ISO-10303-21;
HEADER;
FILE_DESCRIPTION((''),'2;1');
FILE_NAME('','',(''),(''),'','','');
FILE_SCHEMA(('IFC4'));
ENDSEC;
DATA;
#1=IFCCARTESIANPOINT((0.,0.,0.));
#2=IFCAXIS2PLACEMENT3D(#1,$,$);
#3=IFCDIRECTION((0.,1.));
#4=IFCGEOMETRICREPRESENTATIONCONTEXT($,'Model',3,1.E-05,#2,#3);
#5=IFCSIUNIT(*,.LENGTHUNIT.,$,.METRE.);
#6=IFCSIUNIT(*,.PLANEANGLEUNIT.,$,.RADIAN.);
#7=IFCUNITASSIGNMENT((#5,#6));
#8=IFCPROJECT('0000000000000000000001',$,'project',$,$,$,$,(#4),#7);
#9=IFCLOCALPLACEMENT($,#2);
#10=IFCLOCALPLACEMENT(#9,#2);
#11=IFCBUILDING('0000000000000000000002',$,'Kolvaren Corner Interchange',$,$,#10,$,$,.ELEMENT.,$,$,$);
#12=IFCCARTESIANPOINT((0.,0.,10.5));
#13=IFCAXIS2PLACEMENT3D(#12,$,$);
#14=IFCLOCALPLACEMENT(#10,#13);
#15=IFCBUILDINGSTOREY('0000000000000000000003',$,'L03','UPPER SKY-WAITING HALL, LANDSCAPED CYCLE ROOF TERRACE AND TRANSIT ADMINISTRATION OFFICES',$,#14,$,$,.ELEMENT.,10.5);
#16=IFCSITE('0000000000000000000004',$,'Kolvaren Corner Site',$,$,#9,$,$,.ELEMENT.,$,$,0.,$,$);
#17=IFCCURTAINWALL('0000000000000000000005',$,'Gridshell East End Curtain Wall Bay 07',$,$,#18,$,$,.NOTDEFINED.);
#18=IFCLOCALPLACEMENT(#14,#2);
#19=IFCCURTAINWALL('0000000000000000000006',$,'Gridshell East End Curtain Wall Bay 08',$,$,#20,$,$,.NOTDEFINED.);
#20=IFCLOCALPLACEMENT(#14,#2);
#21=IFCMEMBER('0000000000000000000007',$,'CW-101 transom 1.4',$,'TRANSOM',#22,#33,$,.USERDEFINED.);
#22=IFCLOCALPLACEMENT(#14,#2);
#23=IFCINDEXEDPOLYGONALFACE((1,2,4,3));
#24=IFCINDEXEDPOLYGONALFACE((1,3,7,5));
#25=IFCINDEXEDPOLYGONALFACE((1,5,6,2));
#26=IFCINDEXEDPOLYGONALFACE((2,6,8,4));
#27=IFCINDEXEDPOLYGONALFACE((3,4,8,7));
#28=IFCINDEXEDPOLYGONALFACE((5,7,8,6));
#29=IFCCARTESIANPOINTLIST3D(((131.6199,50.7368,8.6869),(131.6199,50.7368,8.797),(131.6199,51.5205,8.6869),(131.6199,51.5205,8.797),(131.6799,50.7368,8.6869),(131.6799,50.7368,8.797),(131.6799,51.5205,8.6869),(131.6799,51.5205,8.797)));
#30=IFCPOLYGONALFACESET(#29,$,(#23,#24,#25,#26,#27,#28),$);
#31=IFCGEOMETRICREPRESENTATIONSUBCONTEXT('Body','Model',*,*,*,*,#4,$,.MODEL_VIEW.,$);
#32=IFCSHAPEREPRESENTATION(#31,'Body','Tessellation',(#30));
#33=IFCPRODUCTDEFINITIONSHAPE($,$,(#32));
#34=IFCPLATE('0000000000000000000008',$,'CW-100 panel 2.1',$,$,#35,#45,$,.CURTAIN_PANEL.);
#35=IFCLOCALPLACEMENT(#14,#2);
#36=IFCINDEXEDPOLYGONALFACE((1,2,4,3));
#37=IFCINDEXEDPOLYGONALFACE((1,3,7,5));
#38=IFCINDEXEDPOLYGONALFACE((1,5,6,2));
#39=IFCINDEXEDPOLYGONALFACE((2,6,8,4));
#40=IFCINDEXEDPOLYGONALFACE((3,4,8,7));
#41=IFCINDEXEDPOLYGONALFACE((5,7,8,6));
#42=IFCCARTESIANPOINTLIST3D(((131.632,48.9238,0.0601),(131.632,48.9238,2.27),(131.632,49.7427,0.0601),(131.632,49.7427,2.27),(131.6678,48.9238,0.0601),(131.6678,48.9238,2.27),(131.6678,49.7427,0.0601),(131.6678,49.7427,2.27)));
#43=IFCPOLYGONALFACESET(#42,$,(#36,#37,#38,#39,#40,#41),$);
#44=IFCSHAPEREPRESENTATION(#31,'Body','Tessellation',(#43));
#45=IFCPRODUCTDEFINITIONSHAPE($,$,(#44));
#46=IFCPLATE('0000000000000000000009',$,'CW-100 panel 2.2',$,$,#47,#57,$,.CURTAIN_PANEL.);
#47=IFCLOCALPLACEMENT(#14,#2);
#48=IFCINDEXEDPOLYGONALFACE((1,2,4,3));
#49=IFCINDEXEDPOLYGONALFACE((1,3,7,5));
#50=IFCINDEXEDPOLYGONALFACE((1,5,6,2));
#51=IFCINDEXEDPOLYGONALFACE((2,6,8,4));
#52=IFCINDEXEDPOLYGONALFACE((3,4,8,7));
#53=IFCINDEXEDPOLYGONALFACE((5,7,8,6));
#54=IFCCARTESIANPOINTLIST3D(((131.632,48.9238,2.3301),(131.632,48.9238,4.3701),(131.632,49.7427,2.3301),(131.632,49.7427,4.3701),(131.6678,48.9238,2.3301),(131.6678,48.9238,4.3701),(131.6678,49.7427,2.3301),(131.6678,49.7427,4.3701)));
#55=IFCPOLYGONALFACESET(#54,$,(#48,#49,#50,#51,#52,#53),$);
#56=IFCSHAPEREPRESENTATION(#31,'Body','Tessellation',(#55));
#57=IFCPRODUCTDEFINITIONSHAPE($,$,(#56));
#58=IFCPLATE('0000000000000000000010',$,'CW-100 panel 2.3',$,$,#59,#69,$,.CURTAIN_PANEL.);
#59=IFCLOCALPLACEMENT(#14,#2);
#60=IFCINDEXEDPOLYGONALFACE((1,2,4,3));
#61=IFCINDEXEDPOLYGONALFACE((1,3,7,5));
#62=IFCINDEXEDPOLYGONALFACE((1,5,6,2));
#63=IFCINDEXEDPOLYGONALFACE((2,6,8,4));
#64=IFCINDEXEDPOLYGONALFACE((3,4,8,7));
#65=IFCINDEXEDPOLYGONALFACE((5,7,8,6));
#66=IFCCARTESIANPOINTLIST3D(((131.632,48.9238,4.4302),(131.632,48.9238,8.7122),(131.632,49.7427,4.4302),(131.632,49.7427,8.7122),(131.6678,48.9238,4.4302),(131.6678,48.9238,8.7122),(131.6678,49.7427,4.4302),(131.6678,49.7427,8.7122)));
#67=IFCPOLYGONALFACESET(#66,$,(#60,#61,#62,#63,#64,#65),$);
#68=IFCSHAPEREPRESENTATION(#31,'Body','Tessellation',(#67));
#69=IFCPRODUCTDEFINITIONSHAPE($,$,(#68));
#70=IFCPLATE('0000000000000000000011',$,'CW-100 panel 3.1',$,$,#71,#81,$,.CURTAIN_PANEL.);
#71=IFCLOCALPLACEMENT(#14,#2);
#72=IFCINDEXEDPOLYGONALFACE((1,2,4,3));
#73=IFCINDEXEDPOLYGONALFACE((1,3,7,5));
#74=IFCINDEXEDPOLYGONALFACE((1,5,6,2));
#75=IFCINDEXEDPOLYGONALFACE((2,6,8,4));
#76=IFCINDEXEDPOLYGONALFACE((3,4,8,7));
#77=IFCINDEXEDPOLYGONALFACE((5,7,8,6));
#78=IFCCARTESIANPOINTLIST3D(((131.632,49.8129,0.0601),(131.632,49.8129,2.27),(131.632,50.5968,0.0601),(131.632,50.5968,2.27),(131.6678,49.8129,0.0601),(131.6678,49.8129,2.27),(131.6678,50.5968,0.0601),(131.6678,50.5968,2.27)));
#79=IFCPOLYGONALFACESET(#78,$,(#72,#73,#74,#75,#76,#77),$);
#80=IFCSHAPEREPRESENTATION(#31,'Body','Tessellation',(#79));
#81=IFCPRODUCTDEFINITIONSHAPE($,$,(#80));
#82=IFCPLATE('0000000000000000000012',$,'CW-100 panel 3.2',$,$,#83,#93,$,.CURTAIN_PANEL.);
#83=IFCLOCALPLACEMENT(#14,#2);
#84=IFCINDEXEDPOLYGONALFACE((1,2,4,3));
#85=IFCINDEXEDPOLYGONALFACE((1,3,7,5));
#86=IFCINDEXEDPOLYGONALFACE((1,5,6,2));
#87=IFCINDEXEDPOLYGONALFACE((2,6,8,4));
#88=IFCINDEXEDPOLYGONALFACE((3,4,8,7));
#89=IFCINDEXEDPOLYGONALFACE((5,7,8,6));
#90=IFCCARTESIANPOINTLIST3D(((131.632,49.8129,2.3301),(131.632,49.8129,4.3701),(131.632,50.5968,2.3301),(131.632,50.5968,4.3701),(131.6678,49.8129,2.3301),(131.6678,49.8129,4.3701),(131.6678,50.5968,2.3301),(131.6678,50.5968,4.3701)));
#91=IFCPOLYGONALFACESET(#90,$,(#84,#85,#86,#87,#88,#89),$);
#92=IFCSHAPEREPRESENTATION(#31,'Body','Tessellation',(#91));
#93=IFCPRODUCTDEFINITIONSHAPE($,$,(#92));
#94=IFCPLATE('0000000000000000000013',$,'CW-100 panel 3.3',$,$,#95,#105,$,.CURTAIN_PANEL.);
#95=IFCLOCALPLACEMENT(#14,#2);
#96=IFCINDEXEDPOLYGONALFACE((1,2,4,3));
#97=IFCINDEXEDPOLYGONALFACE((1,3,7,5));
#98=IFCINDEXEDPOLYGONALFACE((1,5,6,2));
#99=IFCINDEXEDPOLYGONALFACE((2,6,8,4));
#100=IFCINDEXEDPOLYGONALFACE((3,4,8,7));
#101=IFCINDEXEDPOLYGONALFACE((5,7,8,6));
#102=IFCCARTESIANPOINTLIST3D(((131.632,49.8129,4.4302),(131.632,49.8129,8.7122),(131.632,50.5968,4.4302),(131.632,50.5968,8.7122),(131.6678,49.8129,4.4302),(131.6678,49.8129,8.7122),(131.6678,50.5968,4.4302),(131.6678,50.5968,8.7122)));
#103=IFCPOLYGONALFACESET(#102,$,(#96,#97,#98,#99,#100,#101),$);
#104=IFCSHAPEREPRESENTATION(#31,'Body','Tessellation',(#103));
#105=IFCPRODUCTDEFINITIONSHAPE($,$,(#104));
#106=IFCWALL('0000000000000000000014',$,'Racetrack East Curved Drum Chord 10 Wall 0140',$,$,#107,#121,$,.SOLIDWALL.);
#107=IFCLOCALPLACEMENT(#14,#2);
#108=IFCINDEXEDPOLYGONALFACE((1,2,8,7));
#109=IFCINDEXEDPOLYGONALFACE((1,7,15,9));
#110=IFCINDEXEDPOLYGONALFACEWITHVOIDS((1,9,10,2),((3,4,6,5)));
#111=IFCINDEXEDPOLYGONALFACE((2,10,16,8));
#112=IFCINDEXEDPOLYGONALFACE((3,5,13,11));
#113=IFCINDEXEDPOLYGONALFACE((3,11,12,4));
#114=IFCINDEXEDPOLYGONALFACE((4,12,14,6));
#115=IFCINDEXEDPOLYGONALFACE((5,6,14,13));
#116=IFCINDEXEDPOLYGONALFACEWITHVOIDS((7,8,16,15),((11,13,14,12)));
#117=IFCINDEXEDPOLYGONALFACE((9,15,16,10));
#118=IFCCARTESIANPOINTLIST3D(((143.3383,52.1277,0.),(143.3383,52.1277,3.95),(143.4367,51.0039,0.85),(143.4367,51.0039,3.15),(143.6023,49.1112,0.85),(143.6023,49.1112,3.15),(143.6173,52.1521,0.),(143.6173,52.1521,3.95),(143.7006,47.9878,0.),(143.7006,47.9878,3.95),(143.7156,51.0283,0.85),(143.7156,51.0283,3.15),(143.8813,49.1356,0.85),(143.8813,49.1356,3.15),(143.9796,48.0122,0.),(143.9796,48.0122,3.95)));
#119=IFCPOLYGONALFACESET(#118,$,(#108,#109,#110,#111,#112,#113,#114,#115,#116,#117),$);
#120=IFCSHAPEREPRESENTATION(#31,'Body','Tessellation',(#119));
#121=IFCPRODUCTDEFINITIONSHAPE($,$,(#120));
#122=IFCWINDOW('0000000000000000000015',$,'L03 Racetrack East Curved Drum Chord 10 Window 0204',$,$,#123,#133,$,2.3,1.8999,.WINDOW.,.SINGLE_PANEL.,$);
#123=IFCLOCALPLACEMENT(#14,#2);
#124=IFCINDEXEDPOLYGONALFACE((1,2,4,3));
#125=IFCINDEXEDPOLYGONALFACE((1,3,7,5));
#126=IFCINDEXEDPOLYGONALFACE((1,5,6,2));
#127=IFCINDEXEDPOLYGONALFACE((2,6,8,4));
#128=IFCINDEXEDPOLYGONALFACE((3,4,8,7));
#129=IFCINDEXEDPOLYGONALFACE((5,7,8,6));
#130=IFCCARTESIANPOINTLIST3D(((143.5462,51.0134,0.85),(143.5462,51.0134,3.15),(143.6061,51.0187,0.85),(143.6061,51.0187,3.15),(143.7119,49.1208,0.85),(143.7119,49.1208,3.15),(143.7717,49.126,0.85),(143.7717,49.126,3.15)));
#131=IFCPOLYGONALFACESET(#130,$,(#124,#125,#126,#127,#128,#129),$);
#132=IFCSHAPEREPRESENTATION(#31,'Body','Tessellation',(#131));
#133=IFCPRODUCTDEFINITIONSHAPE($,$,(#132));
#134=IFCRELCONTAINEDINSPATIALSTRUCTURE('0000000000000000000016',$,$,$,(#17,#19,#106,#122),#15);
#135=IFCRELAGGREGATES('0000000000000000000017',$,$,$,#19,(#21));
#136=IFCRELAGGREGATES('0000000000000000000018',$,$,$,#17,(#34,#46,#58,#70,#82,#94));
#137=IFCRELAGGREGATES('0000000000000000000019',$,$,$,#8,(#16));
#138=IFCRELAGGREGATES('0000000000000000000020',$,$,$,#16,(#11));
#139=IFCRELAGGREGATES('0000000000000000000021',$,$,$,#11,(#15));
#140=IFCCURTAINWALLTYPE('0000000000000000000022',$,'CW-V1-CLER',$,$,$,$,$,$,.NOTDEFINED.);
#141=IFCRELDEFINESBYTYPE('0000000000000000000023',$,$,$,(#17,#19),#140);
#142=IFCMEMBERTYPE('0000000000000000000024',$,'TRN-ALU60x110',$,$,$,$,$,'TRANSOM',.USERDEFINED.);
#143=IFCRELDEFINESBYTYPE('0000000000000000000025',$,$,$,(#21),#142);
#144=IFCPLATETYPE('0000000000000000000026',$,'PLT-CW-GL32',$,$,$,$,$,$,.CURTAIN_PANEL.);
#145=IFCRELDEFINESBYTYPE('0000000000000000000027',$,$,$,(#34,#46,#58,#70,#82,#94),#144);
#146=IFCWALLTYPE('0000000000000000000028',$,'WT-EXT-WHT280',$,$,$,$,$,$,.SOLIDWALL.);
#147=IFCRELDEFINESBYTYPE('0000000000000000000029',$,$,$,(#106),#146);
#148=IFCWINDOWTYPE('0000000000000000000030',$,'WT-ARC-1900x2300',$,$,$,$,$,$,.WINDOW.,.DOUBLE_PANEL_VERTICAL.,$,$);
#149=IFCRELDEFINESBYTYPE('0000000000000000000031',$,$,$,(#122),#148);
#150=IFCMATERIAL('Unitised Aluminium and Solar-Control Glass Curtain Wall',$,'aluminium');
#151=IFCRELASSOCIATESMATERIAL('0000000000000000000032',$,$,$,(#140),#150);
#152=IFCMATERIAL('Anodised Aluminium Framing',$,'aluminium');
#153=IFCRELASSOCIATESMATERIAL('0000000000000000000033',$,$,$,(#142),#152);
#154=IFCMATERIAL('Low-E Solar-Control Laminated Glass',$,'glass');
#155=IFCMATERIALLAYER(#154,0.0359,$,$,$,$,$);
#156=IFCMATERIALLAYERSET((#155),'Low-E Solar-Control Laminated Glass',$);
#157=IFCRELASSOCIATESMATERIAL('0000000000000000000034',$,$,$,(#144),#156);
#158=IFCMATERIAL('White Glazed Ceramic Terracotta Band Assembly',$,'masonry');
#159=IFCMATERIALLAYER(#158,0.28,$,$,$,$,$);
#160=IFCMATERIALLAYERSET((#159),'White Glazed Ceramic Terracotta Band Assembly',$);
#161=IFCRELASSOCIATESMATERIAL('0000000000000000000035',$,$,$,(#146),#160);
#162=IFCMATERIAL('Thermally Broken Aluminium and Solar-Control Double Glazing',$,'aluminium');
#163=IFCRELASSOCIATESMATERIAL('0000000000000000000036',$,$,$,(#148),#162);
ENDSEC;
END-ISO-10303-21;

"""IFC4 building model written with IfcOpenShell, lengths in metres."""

from ifc_helpers import new_model, si_unit, direction, frame, frame_2d, origin, origin_2d, place, context, subcontext, project, spatial, rectangle, extrude, material, layer, layer_set, material_profile, profile_set, type_object, element, fill, aggregate, save


model = new_model("IFC4")

# Units and contexts
model_context = context("Model", 3, precision=1e-05, world=origin(), true_north=direction((0.0, 1.0)))
body_context = subcontext(model_context, "Body", "Model", "MODEL_VIEW")
ifc_project = project(units=[si_unit("LENGTHUNIT", "METRE"), si_unit("PLANEANGLEUNIT", "RADIAN")], contexts=[model_context])

# Site, building, storey
site_placement = place(None, origin())
site = spatial("IfcSite", under=ifc_project, at=site_placement, Name="Kolvaren Corner Site", CompositionType="ELEMENT", RefElevation=0.0)
building_placement = place(site_placement, origin())
building = spatial("IfcBuilding", under=site, at=building_placement, Name="Kolvaren Corner Interchange", CompositionType="ELEMENT")
storey_placement = place(building_placement, frame((0.0, 0.0, 10.5)))
storey = spatial("IfcBuildingStorey", under=building, at=storey_placement, Name="L03", Description="UPPER SKY-WAITING HALL, LANDSCAPED CYCLE ROOF TERRACE AND TRANSIT ADMINISTRATION OFFICES", CompositionType="ELEMENT", Elevation=10.5)

# Curtain wall
ifc_material_1 = material(Name="Unitised Aluminium and Solar-Control Glass Curtain Wall", Category="aluminium")
curtain_wall_type = type_object("IfcCurtainWallType", Name="CW-V1-CLER", PredefinedType="NOTDEFINED", material=ifc_material_1)
curtain_wall_1_placement = place(storey_placement, origin())
curtain_wall_1 = element("IfcCurtainWall", 1, at=curtain_wall_1_placement, inside=storey, type_object=curtain_wall_type, Name="Gridshell East End Curtain Wall Bay 07", PredefinedType="NOTDEFINED")

# Curtain wall
curtain_wall_2_placement = place(storey_placement, origin())
curtain_wall_2 = element("IfcCurtainWall", 2, at=curtain_wall_2_placement, inside=storey, type_object=curtain_wall_type, Name="Gridshell East End Curtain Wall Bay 08", PredefinedType="NOTDEFINED")

# Member
ifc_material_2 = material(Name="Anodised Aluminium Framing", Category="aluminium")
ifc_material_profile_1 = material_profile(ifc_material_2, rectangle(XDim=0.0601, YDim=0.1101, at=origin_2d()), Name="ALU 60x110")
ifc_profile_set_1 = profile_set([ifc_material_profile_1], Name="Anodised Aluminium Framing")
member_type_1 = type_object("IfcMemberType", Name="TRN-ALU60x110", ElementType="TRANSOM", PredefinedType="USERDEFINED", material=ifc_profile_set_1)
member_1_placement = place(storey_placement, frame((131.6499, 50.7368, 8.7419), z_axis=(0.0, 1.0, 0.0), x_axis=(-1.0, 0.0, 0.0)))
member_1 = element("IfcMember", 3, at=member_1_placement, type_object=member_type_1, Name="CW-101 transom 1.4", ObjectType="TRANSOM", PredefinedType="USERDEFINED", context=body_context, shape_type="SweptSolid", body=[
    extrude(rectangle(XDim=0.0601, YDim=0.1101, at=origin_2d()), origin(), (0.0, 0.0, 1.0), 0.7837),
])
aggregate(curtain_wall_2, [member_1])

# Plates
ifc_material_3 = material(Name="Low-E Solar-Control Laminated Glass", Category="glass")
ifc_layer_1 = layer(ifc_material_3, 0.0359)
ifc_layer_set_1 = layer_set([ifc_layer_1], Name="Low-E Solar-Control Laminated Glass")
plate_type = type_object("IfcPlateType", Name="PLT-CW-GL32", PredefinedType="CURTAIN_PANEL", material=ifc_layer_set_1)
plate_1_placement = place(storey_placement, frame((131.6499, 49.3333, 0.0601), z_axis=(0.0, 0.0, 1.0), x_axis=(0.0, 1.0, 0.0)))
plate_1 = element("IfcPlate", 4, at=plate_1_placement, type_object=plate_type, Name="CW-100 panel 2.1", PredefinedType="CURTAIN_PANEL", context=body_context, shape_type="SweptSolid", body=[
    extrude(rectangle(XDim=0.8188, YDim=0.0359, at=origin_2d()), origin(), (0.0, 0.0, 1.0), 2.21),
])
plate_2_placement = place(storey_placement, frame((131.6499, 49.3333, 2.3301), z_axis=(0.0, 0.0, 1.0), x_axis=(0.0, 1.0, 0.0)))
plate_2 = element("IfcPlate", 5, at=plate_2_placement, type_object=plate_type, Name="CW-100 panel 2.2", PredefinedType="CURTAIN_PANEL", context=body_context, shape_type="SweptSolid", body=[
    extrude(rectangle(XDim=0.8188, YDim=0.0359, at=origin_2d()), origin(), (0.0, 0.0, 1.0), 2.04),
])
plate_3_placement = place(storey_placement, frame((131.6499, 49.3333, 4.4302), z_axis=(0.0, 0.0, 1.0), x_axis=(0.0, 1.0, 0.0)))
plate_3 = element("IfcPlate", 6, at=plate_3_placement, type_object=plate_type, Name="CW-100 panel 2.3", PredefinedType="CURTAIN_PANEL", context=body_context, shape_type="SweptSolid", body=[
    extrude(rectangle(XDim=0.8188, YDim=0.0359, at=origin_2d()), origin(), (0.0, 0.0, 1.0), 4.282),
])
plate_4_placement = place(storey_placement, frame((131.6499, 50.2048, 0.0601), z_axis=(0.0, 0.0, 1.0), x_axis=(0.0, 1.0, 0.0)))
plate_4 = element("IfcPlate", 7, at=plate_4_placement, type_object=plate_type, Name="CW-100 panel 3.1", PredefinedType="CURTAIN_PANEL", context=body_context, shape_type="SweptSolid", body=[
    extrude(rectangle(XDim=0.7839, YDim=0.0359, at=origin_2d()), origin(), (0.0, 0.0, 1.0), 2.21),
])
plate_5_placement = place(storey_placement, frame((131.6499, 50.2048, 2.3301), z_axis=(0.0, 0.0, 1.0), x_axis=(0.0, 1.0, 0.0)))
plate_5 = element("IfcPlate", 8, at=plate_5_placement, type_object=plate_type, Name="CW-100 panel 3.2", PredefinedType="CURTAIN_PANEL", context=body_context, shape_type="SweptSolid", body=[
    extrude(rectangle(XDim=0.7839, YDim=0.0359, at=origin_2d()), origin(), (0.0, 0.0, 1.0), 2.04),
])
plate_6_placement = place(storey_placement, frame((131.6499, 50.2048, 4.4302), z_axis=(0.0, 0.0, 1.0), x_axis=(0.0, 1.0, 0.0)))
plate_6 = element("IfcPlate", 9, at=plate_6_placement, type_object=plate_type, Name="CW-100 panel 3.3", PredefinedType="CURTAIN_PANEL", context=body_context, shape_type="SweptSolid", body=[
    extrude(rectangle(XDim=0.7839, YDim=0.0359, at=origin_2d()), origin(), (0.0, 0.0, 1.0), 4.282),
])
aggregate(curtain_wall_1, [plate_1, plate_2, plate_3, plate_4, plate_5, plate_6])

# Wall, opening, window
ifc_material_4 = material(Name="White Glazed Ceramic Terracotta Band Assembly", Category="masonry")
ifc_layer_2 = layer(ifc_material_4, 0.28)
ifc_layer_set_2 = layer_set([ifc_layer_2], Name="White Glazed Ceramic Terracotta Band Assembly")
wall_type = type_object("IfcWallType", Name="WT-EXT-WHT280", PredefinedType="SOLIDWALL", material=ifc_layer_set_2)
wall_placement = place(storey_placement, frame((143.8401, 48.0, 0.0), z_axis=(0.0, 0.0, 1.0), x_axis=(-0.087182, 0.996192, 0.0)))
wall = element("IfcWall", 10, at=wall_placement, inside=storey, type_object=wall_type, Name="Racetrack East Curved Drum Chord 10 Wall 0140", PredefinedType="SOLIDWALL", context=body_context, shape_type="SweptSolid", body=[
    extrude(rectangle(XDim=4.1558, YDim=0.28, at=frame_2d((2.0779, 0.0))), origin(), (0.0, 0.0, 1.0), 3.95),
])
opening_placement = place(wall_placement, frame((1.1277, 0.0, 0.8501)))
opening = element("IfcOpeningElement", 11, at=opening_placement, cuts=wall, PredefinedType="OPENING", context=body_context, shape_type="SweptSolid", body=[
    extrude(rectangle(XDim=1.8999, YDim=2.3, at=frame_2d((0.95, 1.1499))), frame((0.0, 0.1499, 0.0), z_axis=(0.0, -1.0, 0.0), x_axis=(1.0, 0.0, 0.0)), (0.0, 0.0, 1.0), 0.3),
])
ifc_material_5 = material(Name="Thermally Broken Aluminium and Solar-Control Double Glazing", Category="aluminium")
window_type = type_object("IfcWindowType", Name="WT-ARC-1900x2300", PartitioningType="DOUBLE_PANEL_VERTICAL", PredefinedType="WINDOW", material=ifc_material_5)
window_placement = place(opening_placement, origin())
window = element("IfcWindow", 12, at=window_placement, inside=storey, type_object=window_type, Name="L03 Racetrack East Curved Drum Chord 10 Window 0204", OverallHeight=2.3, OverallWidth=1.8999, PartitioningType="SINGLE_PANEL", PredefinedType="WINDOW", context=body_context, shape_type="SweptSolid", body=[
    extrude(rectangle(XDim=1.8999, YDim=2.3, at=frame_2d((0.95, 1.1499))), frame((0.0, 0.03, 0.0), z_axis=(0.0, -1.0, 0.0), x_axis=(1.0, 0.0, 0.0)), (0.0, 0.0, 1.0), 0.0601),
])
fill(opening, window)

save(model, "model.ifc")
